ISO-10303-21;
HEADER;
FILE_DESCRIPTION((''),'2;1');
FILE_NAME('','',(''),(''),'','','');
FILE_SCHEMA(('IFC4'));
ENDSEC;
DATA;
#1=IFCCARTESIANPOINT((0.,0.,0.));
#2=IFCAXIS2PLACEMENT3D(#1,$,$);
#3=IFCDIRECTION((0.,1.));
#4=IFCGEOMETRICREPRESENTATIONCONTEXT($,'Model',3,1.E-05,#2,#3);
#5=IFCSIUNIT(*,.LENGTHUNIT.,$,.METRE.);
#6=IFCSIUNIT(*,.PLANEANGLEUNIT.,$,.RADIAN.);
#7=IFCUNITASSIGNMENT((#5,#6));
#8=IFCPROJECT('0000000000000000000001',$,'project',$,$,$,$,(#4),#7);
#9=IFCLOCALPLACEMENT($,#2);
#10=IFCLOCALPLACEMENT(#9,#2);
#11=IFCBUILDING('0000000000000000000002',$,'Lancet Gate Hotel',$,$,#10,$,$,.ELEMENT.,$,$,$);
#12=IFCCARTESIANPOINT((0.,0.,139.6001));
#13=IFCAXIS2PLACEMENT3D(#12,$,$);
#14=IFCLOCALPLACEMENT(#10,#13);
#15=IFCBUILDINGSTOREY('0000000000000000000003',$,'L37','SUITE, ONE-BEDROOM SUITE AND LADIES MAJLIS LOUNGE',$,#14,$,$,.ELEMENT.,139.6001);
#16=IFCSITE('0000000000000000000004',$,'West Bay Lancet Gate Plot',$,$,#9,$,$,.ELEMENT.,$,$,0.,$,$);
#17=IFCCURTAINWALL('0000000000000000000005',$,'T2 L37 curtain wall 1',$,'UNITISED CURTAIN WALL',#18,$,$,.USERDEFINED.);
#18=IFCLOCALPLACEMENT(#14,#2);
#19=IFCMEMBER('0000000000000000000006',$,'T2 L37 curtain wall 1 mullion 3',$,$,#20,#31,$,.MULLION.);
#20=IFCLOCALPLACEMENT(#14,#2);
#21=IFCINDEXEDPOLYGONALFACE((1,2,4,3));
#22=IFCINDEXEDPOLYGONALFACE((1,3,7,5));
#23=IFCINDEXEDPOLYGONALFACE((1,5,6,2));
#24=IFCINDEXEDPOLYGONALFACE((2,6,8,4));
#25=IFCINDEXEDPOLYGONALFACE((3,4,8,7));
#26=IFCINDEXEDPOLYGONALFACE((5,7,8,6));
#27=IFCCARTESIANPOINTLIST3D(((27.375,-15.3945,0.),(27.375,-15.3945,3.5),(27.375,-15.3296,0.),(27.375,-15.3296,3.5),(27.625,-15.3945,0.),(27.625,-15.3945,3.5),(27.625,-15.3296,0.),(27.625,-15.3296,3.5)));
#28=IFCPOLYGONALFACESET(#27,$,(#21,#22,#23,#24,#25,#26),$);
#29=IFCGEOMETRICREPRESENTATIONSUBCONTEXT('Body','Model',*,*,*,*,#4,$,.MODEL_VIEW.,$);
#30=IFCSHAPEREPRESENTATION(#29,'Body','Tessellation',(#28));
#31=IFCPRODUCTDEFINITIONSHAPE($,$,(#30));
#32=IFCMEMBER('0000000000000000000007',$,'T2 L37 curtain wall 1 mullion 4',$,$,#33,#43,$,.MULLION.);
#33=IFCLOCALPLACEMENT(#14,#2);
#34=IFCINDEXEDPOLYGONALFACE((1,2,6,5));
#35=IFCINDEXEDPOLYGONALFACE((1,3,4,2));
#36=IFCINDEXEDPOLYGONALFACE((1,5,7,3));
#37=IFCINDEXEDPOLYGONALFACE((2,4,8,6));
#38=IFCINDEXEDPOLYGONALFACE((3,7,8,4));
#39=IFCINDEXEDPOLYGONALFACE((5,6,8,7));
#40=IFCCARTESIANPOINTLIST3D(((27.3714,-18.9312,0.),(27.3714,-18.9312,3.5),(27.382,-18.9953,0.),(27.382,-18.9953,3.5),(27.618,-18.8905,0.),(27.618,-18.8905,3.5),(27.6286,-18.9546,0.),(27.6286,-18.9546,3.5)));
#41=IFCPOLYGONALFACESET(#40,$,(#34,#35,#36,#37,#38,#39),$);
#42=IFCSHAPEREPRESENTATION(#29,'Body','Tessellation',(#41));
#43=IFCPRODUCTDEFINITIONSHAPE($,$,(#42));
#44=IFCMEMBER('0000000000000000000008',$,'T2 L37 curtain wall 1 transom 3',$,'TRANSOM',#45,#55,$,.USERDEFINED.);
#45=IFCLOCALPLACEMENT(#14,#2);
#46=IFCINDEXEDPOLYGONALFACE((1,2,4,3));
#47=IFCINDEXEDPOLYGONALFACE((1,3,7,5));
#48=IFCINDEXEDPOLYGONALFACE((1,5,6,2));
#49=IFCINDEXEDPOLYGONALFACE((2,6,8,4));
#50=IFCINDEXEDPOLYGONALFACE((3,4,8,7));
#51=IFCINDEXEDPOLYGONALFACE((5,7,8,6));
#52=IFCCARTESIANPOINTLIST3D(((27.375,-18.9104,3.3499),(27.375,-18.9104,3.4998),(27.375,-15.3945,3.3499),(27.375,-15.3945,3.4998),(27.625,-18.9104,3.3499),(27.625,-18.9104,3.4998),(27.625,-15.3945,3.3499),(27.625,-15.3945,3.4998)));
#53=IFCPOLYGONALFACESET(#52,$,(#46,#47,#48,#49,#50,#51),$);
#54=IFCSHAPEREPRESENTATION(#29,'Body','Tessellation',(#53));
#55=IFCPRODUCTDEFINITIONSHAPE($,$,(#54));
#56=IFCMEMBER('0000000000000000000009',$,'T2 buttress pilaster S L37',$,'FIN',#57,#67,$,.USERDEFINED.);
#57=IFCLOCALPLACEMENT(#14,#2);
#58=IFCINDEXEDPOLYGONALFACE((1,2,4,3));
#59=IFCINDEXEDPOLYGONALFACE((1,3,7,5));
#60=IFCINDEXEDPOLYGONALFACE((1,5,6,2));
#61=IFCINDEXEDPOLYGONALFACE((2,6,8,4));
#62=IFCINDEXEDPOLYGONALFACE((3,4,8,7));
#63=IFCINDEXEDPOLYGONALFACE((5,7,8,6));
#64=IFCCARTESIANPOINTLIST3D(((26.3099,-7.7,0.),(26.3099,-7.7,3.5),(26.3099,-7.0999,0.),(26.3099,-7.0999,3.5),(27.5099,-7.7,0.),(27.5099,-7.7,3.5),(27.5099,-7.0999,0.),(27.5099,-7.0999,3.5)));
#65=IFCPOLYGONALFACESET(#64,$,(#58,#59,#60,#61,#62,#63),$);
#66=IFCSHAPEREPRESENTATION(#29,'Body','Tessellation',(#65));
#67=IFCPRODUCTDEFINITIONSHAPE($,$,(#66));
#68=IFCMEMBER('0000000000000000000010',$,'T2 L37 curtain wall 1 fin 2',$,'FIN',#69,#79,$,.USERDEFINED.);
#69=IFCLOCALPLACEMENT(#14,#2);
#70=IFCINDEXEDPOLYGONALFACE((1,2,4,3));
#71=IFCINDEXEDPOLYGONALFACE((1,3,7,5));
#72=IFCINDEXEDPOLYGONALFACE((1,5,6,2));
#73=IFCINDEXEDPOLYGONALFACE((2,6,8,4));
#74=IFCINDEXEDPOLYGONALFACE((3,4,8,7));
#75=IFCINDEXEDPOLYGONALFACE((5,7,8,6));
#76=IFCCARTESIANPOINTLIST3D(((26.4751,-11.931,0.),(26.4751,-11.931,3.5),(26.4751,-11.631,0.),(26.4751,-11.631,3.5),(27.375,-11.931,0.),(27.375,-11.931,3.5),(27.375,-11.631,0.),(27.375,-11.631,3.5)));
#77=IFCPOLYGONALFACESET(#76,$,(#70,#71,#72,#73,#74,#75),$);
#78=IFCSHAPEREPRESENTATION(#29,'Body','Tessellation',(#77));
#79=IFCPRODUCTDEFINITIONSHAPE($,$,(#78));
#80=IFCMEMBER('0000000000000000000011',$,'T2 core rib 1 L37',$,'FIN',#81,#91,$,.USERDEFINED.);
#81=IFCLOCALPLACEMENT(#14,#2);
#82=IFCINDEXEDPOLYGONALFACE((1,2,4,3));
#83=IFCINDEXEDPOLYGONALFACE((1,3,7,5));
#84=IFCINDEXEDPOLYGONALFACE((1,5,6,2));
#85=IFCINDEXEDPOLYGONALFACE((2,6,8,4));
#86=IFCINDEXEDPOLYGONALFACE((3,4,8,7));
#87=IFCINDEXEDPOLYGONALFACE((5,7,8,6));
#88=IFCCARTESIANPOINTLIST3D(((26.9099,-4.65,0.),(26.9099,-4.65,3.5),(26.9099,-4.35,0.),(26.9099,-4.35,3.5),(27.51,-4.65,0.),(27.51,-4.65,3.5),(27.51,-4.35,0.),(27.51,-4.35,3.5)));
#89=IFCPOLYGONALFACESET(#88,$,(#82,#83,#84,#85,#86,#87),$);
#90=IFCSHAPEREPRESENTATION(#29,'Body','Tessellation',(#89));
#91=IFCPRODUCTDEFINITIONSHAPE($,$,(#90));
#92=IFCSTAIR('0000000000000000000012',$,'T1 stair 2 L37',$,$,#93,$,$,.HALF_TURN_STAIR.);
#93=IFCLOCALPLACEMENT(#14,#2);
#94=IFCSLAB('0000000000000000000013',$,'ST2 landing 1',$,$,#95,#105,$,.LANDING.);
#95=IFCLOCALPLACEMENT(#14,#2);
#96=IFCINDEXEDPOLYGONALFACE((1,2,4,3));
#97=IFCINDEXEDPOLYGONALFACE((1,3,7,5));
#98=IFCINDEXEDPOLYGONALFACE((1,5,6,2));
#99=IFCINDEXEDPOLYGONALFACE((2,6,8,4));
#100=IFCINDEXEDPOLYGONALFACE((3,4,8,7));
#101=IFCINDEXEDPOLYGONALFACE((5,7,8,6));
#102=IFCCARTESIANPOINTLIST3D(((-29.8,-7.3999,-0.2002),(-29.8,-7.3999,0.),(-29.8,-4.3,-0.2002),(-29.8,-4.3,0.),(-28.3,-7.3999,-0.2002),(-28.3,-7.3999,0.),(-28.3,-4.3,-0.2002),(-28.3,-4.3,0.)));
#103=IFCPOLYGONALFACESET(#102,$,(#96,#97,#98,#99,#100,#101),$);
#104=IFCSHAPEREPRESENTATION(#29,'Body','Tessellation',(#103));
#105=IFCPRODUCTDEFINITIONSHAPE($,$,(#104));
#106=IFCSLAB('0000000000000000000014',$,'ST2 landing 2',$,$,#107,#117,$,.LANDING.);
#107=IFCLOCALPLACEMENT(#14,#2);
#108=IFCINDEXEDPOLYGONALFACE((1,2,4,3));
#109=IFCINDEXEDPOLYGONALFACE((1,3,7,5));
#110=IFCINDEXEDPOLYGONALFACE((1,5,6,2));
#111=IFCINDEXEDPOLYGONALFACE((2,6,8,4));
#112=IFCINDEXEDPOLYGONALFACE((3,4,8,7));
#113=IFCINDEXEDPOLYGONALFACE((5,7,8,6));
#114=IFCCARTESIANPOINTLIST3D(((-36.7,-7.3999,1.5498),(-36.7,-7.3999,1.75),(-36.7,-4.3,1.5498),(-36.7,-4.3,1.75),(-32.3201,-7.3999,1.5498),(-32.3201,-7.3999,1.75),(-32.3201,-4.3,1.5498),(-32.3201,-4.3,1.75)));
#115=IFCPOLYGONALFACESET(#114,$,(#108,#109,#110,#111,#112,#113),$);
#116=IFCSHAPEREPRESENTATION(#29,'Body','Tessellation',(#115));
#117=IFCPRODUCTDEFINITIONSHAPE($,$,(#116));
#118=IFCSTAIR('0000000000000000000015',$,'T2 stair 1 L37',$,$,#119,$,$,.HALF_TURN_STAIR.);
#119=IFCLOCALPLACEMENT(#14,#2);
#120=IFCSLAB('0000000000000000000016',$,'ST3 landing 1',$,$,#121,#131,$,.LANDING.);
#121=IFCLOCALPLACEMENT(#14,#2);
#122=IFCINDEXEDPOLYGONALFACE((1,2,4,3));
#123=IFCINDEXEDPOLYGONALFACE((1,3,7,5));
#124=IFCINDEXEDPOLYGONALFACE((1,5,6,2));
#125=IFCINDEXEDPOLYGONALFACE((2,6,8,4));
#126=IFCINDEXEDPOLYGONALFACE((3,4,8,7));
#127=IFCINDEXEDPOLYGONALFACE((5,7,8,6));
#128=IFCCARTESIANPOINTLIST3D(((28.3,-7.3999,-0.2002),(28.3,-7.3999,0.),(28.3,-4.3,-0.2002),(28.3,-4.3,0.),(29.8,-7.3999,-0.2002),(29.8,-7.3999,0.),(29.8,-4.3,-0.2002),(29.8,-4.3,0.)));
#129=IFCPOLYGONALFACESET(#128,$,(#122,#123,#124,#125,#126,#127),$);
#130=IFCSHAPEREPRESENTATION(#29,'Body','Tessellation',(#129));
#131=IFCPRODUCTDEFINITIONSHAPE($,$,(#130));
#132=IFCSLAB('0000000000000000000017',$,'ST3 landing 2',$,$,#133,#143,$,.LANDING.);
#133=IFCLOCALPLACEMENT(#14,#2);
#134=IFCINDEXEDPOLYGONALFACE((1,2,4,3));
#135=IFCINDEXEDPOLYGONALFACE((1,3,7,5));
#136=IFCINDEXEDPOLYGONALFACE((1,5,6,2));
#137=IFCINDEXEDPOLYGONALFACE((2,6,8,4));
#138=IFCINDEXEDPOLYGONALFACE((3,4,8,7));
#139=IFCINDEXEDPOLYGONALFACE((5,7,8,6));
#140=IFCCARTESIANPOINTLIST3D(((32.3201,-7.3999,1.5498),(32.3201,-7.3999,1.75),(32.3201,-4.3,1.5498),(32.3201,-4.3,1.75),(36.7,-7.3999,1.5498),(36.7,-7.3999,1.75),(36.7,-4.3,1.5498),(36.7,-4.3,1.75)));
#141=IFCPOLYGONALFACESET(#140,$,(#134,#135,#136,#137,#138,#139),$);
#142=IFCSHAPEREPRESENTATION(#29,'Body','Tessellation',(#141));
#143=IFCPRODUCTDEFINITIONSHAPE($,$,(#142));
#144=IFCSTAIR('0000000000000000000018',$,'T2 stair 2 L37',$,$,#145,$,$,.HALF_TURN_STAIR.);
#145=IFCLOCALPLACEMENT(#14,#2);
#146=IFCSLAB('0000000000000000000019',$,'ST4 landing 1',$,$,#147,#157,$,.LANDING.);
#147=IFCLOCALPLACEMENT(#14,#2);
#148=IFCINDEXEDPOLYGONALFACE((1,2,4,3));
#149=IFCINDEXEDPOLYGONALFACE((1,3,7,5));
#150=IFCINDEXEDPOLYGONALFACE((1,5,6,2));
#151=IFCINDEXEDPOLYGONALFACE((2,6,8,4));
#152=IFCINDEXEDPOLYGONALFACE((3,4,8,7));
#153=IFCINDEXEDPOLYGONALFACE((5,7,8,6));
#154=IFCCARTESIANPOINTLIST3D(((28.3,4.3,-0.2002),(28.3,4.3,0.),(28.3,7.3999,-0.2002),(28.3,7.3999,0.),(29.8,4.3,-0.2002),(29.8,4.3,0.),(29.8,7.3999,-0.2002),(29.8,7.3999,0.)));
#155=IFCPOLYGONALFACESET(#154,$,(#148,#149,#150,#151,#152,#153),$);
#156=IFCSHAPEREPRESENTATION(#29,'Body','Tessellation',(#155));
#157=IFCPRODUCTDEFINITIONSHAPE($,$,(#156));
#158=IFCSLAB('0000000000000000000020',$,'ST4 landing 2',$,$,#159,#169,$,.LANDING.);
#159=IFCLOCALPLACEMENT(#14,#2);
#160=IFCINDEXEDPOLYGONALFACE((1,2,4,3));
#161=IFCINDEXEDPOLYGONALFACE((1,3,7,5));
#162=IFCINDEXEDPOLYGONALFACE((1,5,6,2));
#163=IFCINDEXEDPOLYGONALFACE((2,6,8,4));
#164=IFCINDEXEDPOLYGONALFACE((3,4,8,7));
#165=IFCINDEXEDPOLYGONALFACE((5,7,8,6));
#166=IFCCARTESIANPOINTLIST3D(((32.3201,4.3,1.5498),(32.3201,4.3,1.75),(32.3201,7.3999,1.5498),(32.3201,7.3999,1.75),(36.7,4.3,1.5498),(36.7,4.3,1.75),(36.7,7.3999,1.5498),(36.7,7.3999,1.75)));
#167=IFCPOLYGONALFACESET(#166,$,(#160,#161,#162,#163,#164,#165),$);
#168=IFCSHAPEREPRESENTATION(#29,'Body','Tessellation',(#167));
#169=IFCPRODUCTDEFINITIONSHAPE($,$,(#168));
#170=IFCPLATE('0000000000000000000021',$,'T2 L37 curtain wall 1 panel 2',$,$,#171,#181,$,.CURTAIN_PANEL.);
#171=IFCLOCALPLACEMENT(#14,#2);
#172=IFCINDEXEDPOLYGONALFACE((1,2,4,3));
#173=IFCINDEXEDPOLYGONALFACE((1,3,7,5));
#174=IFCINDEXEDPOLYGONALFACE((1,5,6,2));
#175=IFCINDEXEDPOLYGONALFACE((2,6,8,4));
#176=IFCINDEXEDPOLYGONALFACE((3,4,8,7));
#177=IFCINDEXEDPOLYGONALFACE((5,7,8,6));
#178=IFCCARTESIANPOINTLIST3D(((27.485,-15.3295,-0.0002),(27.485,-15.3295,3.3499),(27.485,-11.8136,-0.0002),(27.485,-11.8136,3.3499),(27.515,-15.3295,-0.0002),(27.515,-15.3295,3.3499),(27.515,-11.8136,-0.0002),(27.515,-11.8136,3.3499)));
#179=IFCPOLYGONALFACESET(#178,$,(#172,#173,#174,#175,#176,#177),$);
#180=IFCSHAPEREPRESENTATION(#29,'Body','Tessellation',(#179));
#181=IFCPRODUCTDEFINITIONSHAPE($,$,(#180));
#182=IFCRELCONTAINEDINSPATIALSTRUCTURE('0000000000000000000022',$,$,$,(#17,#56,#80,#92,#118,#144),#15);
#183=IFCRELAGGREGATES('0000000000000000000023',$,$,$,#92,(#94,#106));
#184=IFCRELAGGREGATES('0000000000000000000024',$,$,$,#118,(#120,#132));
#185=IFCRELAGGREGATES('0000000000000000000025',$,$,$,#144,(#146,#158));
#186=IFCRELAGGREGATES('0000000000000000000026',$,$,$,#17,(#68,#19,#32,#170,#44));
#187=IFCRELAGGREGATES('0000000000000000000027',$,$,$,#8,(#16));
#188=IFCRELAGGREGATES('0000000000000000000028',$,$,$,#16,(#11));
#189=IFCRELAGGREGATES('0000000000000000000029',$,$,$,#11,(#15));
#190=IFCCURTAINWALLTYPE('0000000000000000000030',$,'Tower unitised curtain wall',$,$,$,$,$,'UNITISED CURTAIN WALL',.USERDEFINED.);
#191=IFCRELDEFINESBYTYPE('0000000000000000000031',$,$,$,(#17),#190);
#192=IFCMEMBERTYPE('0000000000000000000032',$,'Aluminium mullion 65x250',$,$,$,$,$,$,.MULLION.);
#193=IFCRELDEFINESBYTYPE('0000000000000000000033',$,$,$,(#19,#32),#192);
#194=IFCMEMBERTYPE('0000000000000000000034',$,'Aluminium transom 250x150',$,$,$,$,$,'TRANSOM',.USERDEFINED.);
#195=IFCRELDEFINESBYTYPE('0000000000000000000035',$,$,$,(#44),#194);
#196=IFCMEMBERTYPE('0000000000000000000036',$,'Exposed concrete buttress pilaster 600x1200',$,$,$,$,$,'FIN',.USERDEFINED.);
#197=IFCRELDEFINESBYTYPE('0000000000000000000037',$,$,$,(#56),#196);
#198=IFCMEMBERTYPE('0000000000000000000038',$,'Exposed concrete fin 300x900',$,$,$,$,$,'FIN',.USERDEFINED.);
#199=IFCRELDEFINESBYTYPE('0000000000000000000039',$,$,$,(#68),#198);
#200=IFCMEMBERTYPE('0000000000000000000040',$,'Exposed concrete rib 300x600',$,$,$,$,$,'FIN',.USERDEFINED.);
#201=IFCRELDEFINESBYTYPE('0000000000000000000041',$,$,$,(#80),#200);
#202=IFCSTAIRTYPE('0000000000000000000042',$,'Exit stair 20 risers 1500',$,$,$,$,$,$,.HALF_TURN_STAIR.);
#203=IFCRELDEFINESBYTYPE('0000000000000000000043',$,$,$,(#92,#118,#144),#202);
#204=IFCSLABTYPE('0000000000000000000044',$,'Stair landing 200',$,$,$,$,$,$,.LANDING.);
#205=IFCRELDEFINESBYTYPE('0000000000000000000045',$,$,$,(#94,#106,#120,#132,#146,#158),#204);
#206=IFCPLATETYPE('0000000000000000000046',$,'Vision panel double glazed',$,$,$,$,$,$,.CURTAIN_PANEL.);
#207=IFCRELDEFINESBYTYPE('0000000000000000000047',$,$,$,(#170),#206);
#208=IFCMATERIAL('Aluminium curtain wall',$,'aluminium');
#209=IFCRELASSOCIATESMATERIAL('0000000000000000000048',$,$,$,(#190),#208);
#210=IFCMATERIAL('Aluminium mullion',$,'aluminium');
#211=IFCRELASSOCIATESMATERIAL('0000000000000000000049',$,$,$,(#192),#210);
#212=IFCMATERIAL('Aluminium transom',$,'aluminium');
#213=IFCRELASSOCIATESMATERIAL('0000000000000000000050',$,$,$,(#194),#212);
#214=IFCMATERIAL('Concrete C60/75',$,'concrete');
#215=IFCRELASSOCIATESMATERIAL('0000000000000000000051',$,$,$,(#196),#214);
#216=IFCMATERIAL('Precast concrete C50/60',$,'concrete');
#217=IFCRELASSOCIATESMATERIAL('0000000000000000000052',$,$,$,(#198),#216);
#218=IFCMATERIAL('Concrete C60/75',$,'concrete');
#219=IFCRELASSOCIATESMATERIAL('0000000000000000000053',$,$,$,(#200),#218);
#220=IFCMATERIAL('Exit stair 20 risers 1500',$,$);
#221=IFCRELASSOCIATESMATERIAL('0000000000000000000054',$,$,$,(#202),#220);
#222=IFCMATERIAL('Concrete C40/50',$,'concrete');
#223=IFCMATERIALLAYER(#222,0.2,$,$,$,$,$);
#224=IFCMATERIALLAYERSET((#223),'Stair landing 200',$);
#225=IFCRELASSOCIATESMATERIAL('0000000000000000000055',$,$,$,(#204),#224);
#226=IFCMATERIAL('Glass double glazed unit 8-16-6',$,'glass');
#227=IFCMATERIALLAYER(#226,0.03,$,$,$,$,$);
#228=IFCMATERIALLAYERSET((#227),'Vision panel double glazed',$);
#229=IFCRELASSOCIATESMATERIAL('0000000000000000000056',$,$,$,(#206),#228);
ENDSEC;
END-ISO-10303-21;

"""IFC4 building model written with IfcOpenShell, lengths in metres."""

from ifc_helpers import new_model, si_unit, direction, frame, origin, origin_2d, place, context, subcontext, project, spatial, polyline, rectangle, outline, extrude, material, layer, layer_set, material_profile, profile_set, type_object, element, aggregate, save


model = new_model("IFC4")

# Units and contexts
model_context = context("Model", 3, precision=1e-05, world=origin(), true_north=direction((0.0, 1.0)))
body_context = subcontext(model_context, "Body", "Model", "MODEL_VIEW")
ifc_project = project(units=[si_unit("LENGTHUNIT", "METRE"), si_unit("PLANEANGLEUNIT", "RADIAN")], contexts=[model_context])

# Site, building, storey
site_placement = place(None, origin())
site = spatial("IfcSite", under=ifc_project, at=site_placement, Name="West Bay Lancet Gate Plot", CompositionType="ELEMENT", RefElevation=0.0)
building_placement = place(site_placement, origin())
building = spatial("IfcBuilding", under=site, at=building_placement, Name="Lancet Gate Hotel", CompositionType="ELEMENT")
storey_placement = place(building_placement, frame((0.0, 0.0, 139.6001)))
storey = spatial("IfcBuildingStorey", under=building, at=storey_placement, Name="L37", Description="SUITE, ONE-BEDROOM SUITE AND LADIES MAJLIS LOUNGE", CompositionType="ELEMENT", Elevation=139.6001)

# Curtain wall, members
ifc_material_1 = material(Name="Aluminium curtain wall", Category="aluminium")
curtain_wall_type = type_object("IfcCurtainWallType", Name="Tower unitised curtain wall", ElementType="UNITISED CURTAIN WALL", PredefinedType="USERDEFINED", material=ifc_material_1)
curtain_wall_placement = place(storey_placement, origin())
curtain_wall = element("IfcCurtainWall", 1, at=curtain_wall_placement, inside=storey, type_object=curtain_wall_type, Name="T2 L37 curtain wall 1", ObjectType="UNITISED CURTAIN WALL", PredefinedType="USERDEFINED")
ifc_material_2 = material(Name="Aluminium mullion", Category="aluminium")
ifc_material_profile_1 = material_profile(ifc_material_2, rectangle(XDim=0.0649, YDim=0.25, at=origin_2d()), Name="MULLION 65x250")
ifc_profile_set_1 = profile_set([ifc_material_profile_1], Name="Aluminium mullion")
member_type_1 = type_object("IfcMemberType", Name="Aluminium mullion 65x250", PredefinedType="MULLION", material=ifc_profile_set_1)
member_1_placement = place(storey_placement, frame((27.5, -15.3621, 0.0), z_axis=(0.0, 0.0, 1.0), x_axis=(0.0, -1.0, 0.0)))
member_1 = element("IfcMember", 2, at=member_1_placement, type_object=member_type_1, Name="T2 L37 curtain wall 1 mullion 3", PredefinedType="MULLION", context=body_context, shape_type="SweptSolid", body=[
    extrude(rectangle(XDim=0.0649, YDim=0.25, at=origin_2d()), origin(), (0.0, 0.0, 1.0), 3.5),
])
member_2_placement = place(storey_placement, frame((27.5, -18.9429, 0.0), z_axis=(0.0, 0.0, 1.0), x_axis=(0.162739, -0.986669, 0.0)))
member_2 = element("IfcMember", 3, at=member_2_placement, type_object=member_type_1, Name="T2 L37 curtain wall 1 mullion 4", PredefinedType="MULLION", context=body_context, shape_type="SweptSolid", body=[
    extrude(rectangle(XDim=0.0649, YDim=0.25, at=origin_2d()), origin(), (0.0, 0.0, 1.0), 3.5),
])
ifc_material_3 = material(Name="Aluminium transom", Category="aluminium")
ifc_material_profile_2 = material_profile(ifc_material_3, rectangle(XDim=0.25, YDim=0.1499, at=origin_2d()), Name="TRANSOM 250x150")
ifc_profile_set_2 = profile_set([ifc_material_profile_2], Name="Aluminium transom")
member_type_2 = type_object("IfcMemberType", Name="Aluminium transom 250x150", ElementType="TRANSOM", PredefinedType="USERDEFINED", material=ifc_profile_set_2)
member_3_placement = place(storey_placement, frame((27.5, -15.3945, 3.4248), z_axis=(0.0, -1.0, 0.0), x_axis=(1.0, 0.0, 0.0)))
member_3 = element("IfcMember", 4, at=member_3_placement, type_object=member_type_2, Name="T2 L37 curtain wall 1 transom 3", ObjectType="TRANSOM", PredefinedType="USERDEFINED", context=body_context, shape_type="SweptSolid", body=[
    extrude(rectangle(XDim=0.25, YDim=0.1499, at=origin_2d()), origin(), (0.0, 0.0, 1.0), 3.5159),
])

# Members
ifc_material_4 = material(Name="Concrete C60/75", Category="concrete")
ifc_material_profile_3 = material_profile(ifc_material_4, rectangle(XDim=0.6001, YDim=1.2, at=origin_2d()), Name="FIN 600x1200")
ifc_profile_set_3 = profile_set([ifc_material_profile_3], Name="Concrete C60/75")
member_type_3 = type_object("IfcMemberType", Name="Exposed concrete buttress pilaster 600x1200", ElementType="FIN", PredefinedType="USERDEFINED", material=ifc_profile_set_3)
member_4_placement = place(storey_placement, frame((26.9099, -7.3999, 0.0), z_axis=(0.0, 0.0, 1.0), x_axis=(0.0, 1.0, 0.0)))
element("IfcMember", 5, at=member_4_placement, inside=storey, type_object=member_type_3, Name="T2 buttress pilaster S L37", ObjectType="FIN", PredefinedType="USERDEFINED", context=body_context, shape_type="SweptSolid", body=[
    extrude(rectangle(XDim=0.6001, YDim=1.2, at=origin_2d()), origin(), (0.0, 0.0, 1.0), 3.5),
])
ifc_material_5 = material(Name="Precast concrete C50/60", Category="concrete")
ifc_material_profile_4 = material_profile(ifc_material_5, rectangle(XDim=0.3, YDim=0.8999, at=origin_2d()), Name="FIN 300x900")
ifc_profile_set_4 = profile_set([ifc_material_profile_4], Name="Precast concrete C50/60")
member_type_4 = type_object("IfcMemberType", Name="Exposed concrete fin 300x900", ElementType="FIN", PredefinedType="USERDEFINED", material=ifc_profile_set_4)
member_5_placement = place(storey_placement, frame((26.925, -11.781, 0.0), z_axis=(0.0, 0.0, 1.0), x_axis=(0.0, -1.0, 0.0)))
member_5 = element("IfcMember", 6, at=member_5_placement, type_object=member_type_4, Name="T2 L37 curtain wall 1 fin 2", ObjectType="FIN", PredefinedType="USERDEFINED", context=body_context, shape_type="SweptSolid", body=[
    extrude(rectangle(XDim=0.3, YDim=0.8999, at=origin_2d()), origin(), (0.0, 0.0, 1.0), 3.5),
])
ifc_material_6 = material(Name="Concrete C60/75", Category="concrete")
ifc_material_profile_5 = material_profile(ifc_material_6, rectangle(XDim=0.3, YDim=0.6001, at=origin_2d()), Name="FIN 300x600")
ifc_profile_set_5 = profile_set([ifc_material_profile_5], Name="Concrete C60/75")
member_type_5 = type_object("IfcMemberType", Name="Exposed concrete rib 300x600", ElementType="FIN", PredefinedType="USERDEFINED", material=ifc_profile_set_5)
member_6_placement = place(storey_placement, frame((27.21, -4.5, 0.0), z_axis=(0.0, 0.0, 1.0), x_axis=(0.0, 1.0, 0.0)))
element("IfcMember", 7, at=member_6_placement, inside=storey, type_object=member_type_5, Name="T2 core rib 1 L37", ObjectType="FIN", PredefinedType="USERDEFINED", context=body_context, shape_type="SweptSolid", body=[
    extrude(rectangle(XDim=0.3, YDim=0.6001, at=origin_2d()), origin(), (0.0, 0.0, 1.0), 3.5),
])

# Stairs, slabs
ifc_material_7 = material(Name="Exit stair 20 risers 1500")
stair_type = type_object("IfcStairType", Name="Exit stair 20 risers 1500", PredefinedType="HALF_TURN_STAIR", material=ifc_material_7)
stair_1_placement = place(storey_placement, origin())
stair_1 = element("IfcStair", 8, at=stair_1_placement, inside=storey, type_object=stair_type, Name="T1 stair 2 L37", PredefinedType="HALF_TURN_STAIR")
ifc_material_8 = material(Name="Concrete C40/50", Category="concrete")
ifc_layer_1 = layer(ifc_material_8, 0.2)
ifc_layer_set_1 = layer_set([ifc_layer_1], Name="Stair landing 200")
slab_type = type_object("IfcSlabType", Name="Stair landing 200", PredefinedType="LANDING", material=ifc_layer_set_1)
slab_1_placement = place(storey_placement, frame((0.0, 0.0, -0.2002)))
slab_1 = element("IfcSlab", 9, at=slab_1_placement, type_object=slab_type, Name="ST2 landing 1", PredefinedType="LANDING", context=body_context, shape_type="SweptSolid", body=[
    extrude(outline(polyline([(-28.3, -4.3), (-29.8, -4.3), (-29.8, -7.3999), (-28.3, -7.3999), (-28.3, -4.3)])), origin(), (0.0, 0.0, 1.0), 0.2002),
])
slab_2_placement = place(storey_placement, frame((0.0, 0.0, 1.5498)))
slab_2 = element("IfcSlab", 10, at=slab_2_placement, type_object=slab_type, Name="ST2 landing 2", PredefinedType="LANDING", context=body_context, shape_type="SweptSolid", body=[
    extrude(outline(polyline([(-32.3201, -4.3), (-36.7, -4.3), (-36.7, -7.3999), (-32.3201, -7.3999), (-32.3201, -4.3)])), origin(), (0.0, 0.0, 1.0), 0.2002),
])
aggregate(stair_1, [slab_1, slab_2])
stair_2_placement = place(storey_placement, origin())
stair_2 = element("IfcStair", 11, at=stair_2_placement, inside=storey, type_object=stair_type, Name="T2 stair 1 L37", PredefinedType="HALF_TURN_STAIR")
slab_3_placement = place(storey_placement, frame((0.0, 0.0, -0.2002)))
slab_3 = element("IfcSlab", 12, at=slab_3_placement, type_object=slab_type, Name="ST3 landing 1", PredefinedType="LANDING", context=body_context, shape_type="SweptSolid", body=[
    extrude(outline(polyline([(28.3, -7.3999), (29.8, -7.3999), (29.8, -4.3), (28.3, -4.3), (28.3, -7.3999)])), origin(), (0.0, 0.0, 1.0), 0.2002),
])
slab_4_placement = place(storey_placement, frame((0.0, 0.0, 1.5498)))
slab_4 = element("IfcSlab", 13, at=slab_4_placement, type_object=slab_type, Name="ST3 landing 2", PredefinedType="LANDING", context=body_context, shape_type="SweptSolid", body=[
    extrude(outline(polyline([(32.3201, -7.3999), (36.7, -7.3999), (36.7, -4.3), (32.3201, -4.3), (32.3201, -7.3999)])), origin(), (0.0, 0.0, 1.0), 0.2002),
])
aggregate(stair_2, [slab_3, slab_4])
stair_3_placement = place(storey_placement, origin())
stair_3 = element("IfcStair", 14, at=stair_3_placement, inside=storey, type_object=stair_type, Name="T2 stair 2 L37", PredefinedType="HALF_TURN_STAIR")
slab_5_placement = place(storey_placement, frame((0.0, 0.0, -0.2002)))
slab_5 = element("IfcSlab", 15, at=slab_5_placement, type_object=slab_type, Name="ST4 landing 1", PredefinedType="LANDING", context=body_context, shape_type="SweptSolid", body=[
    extrude(outline(polyline([(28.3, 4.3), (29.8, 4.3), (29.8, 7.3999), (28.3, 7.3999), (28.3, 4.3)])), origin(), (0.0, 0.0, 1.0), 0.2002),
])
slab_6_placement = place(storey_placement, frame((0.0, 0.0, 1.5498)))
slab_6 = element("IfcSlab", 16, at=slab_6_placement, type_object=slab_type, Name="ST4 landing 2", PredefinedType="LANDING", context=body_context, shape_type="SweptSolid", body=[
    extrude(outline(polyline([(32.3201, 4.3), (36.7, 4.3), (36.7, 7.3999), (32.3201, 7.3999), (32.3201, 4.3)])), origin(), (0.0, 0.0, 1.0), 0.2002),
])
aggregate(stair_3, [slab_5, slab_6])

# Plate
ifc_material_9 = material(Name="Glass double glazed unit 8-16-6", Category="glass")
ifc_layer_2 = layer(ifc_material_9, 0.03)
ifc_layer_set_2 = layer_set([ifc_layer_2], Name="Vision panel double glazed")
plate_type = type_object("IfcPlateType", Name="Vision panel double glazed", PredefinedType="CURTAIN_PANEL", material=ifc_layer_set_2)
plate_1_placement = place(storey_placement, frame((27.5, -13.5715, -0.0002), z_axis=(0.0, 0.0, 1.0), x_axis=(0.0, -1.0, 0.0)))
plate_1 = element("IfcPlate", 17, at=plate_1_placement, type_object=plate_type, Name="T2 L37 curtain wall 1 panel 2", PredefinedType="CURTAIN_PANEL", context=body_context, shape_type="SweptSolid", body=[
    extrude(rectangle(XDim=3.5159, YDim=0.03, at=origin_2d()), origin(), (0.0, 0.0, 1.0), 3.3501),
])
aggregate(curtain_wall, [member_5, member_1, member_2, plate_1, member_3])

save(model, "model.ifc")
